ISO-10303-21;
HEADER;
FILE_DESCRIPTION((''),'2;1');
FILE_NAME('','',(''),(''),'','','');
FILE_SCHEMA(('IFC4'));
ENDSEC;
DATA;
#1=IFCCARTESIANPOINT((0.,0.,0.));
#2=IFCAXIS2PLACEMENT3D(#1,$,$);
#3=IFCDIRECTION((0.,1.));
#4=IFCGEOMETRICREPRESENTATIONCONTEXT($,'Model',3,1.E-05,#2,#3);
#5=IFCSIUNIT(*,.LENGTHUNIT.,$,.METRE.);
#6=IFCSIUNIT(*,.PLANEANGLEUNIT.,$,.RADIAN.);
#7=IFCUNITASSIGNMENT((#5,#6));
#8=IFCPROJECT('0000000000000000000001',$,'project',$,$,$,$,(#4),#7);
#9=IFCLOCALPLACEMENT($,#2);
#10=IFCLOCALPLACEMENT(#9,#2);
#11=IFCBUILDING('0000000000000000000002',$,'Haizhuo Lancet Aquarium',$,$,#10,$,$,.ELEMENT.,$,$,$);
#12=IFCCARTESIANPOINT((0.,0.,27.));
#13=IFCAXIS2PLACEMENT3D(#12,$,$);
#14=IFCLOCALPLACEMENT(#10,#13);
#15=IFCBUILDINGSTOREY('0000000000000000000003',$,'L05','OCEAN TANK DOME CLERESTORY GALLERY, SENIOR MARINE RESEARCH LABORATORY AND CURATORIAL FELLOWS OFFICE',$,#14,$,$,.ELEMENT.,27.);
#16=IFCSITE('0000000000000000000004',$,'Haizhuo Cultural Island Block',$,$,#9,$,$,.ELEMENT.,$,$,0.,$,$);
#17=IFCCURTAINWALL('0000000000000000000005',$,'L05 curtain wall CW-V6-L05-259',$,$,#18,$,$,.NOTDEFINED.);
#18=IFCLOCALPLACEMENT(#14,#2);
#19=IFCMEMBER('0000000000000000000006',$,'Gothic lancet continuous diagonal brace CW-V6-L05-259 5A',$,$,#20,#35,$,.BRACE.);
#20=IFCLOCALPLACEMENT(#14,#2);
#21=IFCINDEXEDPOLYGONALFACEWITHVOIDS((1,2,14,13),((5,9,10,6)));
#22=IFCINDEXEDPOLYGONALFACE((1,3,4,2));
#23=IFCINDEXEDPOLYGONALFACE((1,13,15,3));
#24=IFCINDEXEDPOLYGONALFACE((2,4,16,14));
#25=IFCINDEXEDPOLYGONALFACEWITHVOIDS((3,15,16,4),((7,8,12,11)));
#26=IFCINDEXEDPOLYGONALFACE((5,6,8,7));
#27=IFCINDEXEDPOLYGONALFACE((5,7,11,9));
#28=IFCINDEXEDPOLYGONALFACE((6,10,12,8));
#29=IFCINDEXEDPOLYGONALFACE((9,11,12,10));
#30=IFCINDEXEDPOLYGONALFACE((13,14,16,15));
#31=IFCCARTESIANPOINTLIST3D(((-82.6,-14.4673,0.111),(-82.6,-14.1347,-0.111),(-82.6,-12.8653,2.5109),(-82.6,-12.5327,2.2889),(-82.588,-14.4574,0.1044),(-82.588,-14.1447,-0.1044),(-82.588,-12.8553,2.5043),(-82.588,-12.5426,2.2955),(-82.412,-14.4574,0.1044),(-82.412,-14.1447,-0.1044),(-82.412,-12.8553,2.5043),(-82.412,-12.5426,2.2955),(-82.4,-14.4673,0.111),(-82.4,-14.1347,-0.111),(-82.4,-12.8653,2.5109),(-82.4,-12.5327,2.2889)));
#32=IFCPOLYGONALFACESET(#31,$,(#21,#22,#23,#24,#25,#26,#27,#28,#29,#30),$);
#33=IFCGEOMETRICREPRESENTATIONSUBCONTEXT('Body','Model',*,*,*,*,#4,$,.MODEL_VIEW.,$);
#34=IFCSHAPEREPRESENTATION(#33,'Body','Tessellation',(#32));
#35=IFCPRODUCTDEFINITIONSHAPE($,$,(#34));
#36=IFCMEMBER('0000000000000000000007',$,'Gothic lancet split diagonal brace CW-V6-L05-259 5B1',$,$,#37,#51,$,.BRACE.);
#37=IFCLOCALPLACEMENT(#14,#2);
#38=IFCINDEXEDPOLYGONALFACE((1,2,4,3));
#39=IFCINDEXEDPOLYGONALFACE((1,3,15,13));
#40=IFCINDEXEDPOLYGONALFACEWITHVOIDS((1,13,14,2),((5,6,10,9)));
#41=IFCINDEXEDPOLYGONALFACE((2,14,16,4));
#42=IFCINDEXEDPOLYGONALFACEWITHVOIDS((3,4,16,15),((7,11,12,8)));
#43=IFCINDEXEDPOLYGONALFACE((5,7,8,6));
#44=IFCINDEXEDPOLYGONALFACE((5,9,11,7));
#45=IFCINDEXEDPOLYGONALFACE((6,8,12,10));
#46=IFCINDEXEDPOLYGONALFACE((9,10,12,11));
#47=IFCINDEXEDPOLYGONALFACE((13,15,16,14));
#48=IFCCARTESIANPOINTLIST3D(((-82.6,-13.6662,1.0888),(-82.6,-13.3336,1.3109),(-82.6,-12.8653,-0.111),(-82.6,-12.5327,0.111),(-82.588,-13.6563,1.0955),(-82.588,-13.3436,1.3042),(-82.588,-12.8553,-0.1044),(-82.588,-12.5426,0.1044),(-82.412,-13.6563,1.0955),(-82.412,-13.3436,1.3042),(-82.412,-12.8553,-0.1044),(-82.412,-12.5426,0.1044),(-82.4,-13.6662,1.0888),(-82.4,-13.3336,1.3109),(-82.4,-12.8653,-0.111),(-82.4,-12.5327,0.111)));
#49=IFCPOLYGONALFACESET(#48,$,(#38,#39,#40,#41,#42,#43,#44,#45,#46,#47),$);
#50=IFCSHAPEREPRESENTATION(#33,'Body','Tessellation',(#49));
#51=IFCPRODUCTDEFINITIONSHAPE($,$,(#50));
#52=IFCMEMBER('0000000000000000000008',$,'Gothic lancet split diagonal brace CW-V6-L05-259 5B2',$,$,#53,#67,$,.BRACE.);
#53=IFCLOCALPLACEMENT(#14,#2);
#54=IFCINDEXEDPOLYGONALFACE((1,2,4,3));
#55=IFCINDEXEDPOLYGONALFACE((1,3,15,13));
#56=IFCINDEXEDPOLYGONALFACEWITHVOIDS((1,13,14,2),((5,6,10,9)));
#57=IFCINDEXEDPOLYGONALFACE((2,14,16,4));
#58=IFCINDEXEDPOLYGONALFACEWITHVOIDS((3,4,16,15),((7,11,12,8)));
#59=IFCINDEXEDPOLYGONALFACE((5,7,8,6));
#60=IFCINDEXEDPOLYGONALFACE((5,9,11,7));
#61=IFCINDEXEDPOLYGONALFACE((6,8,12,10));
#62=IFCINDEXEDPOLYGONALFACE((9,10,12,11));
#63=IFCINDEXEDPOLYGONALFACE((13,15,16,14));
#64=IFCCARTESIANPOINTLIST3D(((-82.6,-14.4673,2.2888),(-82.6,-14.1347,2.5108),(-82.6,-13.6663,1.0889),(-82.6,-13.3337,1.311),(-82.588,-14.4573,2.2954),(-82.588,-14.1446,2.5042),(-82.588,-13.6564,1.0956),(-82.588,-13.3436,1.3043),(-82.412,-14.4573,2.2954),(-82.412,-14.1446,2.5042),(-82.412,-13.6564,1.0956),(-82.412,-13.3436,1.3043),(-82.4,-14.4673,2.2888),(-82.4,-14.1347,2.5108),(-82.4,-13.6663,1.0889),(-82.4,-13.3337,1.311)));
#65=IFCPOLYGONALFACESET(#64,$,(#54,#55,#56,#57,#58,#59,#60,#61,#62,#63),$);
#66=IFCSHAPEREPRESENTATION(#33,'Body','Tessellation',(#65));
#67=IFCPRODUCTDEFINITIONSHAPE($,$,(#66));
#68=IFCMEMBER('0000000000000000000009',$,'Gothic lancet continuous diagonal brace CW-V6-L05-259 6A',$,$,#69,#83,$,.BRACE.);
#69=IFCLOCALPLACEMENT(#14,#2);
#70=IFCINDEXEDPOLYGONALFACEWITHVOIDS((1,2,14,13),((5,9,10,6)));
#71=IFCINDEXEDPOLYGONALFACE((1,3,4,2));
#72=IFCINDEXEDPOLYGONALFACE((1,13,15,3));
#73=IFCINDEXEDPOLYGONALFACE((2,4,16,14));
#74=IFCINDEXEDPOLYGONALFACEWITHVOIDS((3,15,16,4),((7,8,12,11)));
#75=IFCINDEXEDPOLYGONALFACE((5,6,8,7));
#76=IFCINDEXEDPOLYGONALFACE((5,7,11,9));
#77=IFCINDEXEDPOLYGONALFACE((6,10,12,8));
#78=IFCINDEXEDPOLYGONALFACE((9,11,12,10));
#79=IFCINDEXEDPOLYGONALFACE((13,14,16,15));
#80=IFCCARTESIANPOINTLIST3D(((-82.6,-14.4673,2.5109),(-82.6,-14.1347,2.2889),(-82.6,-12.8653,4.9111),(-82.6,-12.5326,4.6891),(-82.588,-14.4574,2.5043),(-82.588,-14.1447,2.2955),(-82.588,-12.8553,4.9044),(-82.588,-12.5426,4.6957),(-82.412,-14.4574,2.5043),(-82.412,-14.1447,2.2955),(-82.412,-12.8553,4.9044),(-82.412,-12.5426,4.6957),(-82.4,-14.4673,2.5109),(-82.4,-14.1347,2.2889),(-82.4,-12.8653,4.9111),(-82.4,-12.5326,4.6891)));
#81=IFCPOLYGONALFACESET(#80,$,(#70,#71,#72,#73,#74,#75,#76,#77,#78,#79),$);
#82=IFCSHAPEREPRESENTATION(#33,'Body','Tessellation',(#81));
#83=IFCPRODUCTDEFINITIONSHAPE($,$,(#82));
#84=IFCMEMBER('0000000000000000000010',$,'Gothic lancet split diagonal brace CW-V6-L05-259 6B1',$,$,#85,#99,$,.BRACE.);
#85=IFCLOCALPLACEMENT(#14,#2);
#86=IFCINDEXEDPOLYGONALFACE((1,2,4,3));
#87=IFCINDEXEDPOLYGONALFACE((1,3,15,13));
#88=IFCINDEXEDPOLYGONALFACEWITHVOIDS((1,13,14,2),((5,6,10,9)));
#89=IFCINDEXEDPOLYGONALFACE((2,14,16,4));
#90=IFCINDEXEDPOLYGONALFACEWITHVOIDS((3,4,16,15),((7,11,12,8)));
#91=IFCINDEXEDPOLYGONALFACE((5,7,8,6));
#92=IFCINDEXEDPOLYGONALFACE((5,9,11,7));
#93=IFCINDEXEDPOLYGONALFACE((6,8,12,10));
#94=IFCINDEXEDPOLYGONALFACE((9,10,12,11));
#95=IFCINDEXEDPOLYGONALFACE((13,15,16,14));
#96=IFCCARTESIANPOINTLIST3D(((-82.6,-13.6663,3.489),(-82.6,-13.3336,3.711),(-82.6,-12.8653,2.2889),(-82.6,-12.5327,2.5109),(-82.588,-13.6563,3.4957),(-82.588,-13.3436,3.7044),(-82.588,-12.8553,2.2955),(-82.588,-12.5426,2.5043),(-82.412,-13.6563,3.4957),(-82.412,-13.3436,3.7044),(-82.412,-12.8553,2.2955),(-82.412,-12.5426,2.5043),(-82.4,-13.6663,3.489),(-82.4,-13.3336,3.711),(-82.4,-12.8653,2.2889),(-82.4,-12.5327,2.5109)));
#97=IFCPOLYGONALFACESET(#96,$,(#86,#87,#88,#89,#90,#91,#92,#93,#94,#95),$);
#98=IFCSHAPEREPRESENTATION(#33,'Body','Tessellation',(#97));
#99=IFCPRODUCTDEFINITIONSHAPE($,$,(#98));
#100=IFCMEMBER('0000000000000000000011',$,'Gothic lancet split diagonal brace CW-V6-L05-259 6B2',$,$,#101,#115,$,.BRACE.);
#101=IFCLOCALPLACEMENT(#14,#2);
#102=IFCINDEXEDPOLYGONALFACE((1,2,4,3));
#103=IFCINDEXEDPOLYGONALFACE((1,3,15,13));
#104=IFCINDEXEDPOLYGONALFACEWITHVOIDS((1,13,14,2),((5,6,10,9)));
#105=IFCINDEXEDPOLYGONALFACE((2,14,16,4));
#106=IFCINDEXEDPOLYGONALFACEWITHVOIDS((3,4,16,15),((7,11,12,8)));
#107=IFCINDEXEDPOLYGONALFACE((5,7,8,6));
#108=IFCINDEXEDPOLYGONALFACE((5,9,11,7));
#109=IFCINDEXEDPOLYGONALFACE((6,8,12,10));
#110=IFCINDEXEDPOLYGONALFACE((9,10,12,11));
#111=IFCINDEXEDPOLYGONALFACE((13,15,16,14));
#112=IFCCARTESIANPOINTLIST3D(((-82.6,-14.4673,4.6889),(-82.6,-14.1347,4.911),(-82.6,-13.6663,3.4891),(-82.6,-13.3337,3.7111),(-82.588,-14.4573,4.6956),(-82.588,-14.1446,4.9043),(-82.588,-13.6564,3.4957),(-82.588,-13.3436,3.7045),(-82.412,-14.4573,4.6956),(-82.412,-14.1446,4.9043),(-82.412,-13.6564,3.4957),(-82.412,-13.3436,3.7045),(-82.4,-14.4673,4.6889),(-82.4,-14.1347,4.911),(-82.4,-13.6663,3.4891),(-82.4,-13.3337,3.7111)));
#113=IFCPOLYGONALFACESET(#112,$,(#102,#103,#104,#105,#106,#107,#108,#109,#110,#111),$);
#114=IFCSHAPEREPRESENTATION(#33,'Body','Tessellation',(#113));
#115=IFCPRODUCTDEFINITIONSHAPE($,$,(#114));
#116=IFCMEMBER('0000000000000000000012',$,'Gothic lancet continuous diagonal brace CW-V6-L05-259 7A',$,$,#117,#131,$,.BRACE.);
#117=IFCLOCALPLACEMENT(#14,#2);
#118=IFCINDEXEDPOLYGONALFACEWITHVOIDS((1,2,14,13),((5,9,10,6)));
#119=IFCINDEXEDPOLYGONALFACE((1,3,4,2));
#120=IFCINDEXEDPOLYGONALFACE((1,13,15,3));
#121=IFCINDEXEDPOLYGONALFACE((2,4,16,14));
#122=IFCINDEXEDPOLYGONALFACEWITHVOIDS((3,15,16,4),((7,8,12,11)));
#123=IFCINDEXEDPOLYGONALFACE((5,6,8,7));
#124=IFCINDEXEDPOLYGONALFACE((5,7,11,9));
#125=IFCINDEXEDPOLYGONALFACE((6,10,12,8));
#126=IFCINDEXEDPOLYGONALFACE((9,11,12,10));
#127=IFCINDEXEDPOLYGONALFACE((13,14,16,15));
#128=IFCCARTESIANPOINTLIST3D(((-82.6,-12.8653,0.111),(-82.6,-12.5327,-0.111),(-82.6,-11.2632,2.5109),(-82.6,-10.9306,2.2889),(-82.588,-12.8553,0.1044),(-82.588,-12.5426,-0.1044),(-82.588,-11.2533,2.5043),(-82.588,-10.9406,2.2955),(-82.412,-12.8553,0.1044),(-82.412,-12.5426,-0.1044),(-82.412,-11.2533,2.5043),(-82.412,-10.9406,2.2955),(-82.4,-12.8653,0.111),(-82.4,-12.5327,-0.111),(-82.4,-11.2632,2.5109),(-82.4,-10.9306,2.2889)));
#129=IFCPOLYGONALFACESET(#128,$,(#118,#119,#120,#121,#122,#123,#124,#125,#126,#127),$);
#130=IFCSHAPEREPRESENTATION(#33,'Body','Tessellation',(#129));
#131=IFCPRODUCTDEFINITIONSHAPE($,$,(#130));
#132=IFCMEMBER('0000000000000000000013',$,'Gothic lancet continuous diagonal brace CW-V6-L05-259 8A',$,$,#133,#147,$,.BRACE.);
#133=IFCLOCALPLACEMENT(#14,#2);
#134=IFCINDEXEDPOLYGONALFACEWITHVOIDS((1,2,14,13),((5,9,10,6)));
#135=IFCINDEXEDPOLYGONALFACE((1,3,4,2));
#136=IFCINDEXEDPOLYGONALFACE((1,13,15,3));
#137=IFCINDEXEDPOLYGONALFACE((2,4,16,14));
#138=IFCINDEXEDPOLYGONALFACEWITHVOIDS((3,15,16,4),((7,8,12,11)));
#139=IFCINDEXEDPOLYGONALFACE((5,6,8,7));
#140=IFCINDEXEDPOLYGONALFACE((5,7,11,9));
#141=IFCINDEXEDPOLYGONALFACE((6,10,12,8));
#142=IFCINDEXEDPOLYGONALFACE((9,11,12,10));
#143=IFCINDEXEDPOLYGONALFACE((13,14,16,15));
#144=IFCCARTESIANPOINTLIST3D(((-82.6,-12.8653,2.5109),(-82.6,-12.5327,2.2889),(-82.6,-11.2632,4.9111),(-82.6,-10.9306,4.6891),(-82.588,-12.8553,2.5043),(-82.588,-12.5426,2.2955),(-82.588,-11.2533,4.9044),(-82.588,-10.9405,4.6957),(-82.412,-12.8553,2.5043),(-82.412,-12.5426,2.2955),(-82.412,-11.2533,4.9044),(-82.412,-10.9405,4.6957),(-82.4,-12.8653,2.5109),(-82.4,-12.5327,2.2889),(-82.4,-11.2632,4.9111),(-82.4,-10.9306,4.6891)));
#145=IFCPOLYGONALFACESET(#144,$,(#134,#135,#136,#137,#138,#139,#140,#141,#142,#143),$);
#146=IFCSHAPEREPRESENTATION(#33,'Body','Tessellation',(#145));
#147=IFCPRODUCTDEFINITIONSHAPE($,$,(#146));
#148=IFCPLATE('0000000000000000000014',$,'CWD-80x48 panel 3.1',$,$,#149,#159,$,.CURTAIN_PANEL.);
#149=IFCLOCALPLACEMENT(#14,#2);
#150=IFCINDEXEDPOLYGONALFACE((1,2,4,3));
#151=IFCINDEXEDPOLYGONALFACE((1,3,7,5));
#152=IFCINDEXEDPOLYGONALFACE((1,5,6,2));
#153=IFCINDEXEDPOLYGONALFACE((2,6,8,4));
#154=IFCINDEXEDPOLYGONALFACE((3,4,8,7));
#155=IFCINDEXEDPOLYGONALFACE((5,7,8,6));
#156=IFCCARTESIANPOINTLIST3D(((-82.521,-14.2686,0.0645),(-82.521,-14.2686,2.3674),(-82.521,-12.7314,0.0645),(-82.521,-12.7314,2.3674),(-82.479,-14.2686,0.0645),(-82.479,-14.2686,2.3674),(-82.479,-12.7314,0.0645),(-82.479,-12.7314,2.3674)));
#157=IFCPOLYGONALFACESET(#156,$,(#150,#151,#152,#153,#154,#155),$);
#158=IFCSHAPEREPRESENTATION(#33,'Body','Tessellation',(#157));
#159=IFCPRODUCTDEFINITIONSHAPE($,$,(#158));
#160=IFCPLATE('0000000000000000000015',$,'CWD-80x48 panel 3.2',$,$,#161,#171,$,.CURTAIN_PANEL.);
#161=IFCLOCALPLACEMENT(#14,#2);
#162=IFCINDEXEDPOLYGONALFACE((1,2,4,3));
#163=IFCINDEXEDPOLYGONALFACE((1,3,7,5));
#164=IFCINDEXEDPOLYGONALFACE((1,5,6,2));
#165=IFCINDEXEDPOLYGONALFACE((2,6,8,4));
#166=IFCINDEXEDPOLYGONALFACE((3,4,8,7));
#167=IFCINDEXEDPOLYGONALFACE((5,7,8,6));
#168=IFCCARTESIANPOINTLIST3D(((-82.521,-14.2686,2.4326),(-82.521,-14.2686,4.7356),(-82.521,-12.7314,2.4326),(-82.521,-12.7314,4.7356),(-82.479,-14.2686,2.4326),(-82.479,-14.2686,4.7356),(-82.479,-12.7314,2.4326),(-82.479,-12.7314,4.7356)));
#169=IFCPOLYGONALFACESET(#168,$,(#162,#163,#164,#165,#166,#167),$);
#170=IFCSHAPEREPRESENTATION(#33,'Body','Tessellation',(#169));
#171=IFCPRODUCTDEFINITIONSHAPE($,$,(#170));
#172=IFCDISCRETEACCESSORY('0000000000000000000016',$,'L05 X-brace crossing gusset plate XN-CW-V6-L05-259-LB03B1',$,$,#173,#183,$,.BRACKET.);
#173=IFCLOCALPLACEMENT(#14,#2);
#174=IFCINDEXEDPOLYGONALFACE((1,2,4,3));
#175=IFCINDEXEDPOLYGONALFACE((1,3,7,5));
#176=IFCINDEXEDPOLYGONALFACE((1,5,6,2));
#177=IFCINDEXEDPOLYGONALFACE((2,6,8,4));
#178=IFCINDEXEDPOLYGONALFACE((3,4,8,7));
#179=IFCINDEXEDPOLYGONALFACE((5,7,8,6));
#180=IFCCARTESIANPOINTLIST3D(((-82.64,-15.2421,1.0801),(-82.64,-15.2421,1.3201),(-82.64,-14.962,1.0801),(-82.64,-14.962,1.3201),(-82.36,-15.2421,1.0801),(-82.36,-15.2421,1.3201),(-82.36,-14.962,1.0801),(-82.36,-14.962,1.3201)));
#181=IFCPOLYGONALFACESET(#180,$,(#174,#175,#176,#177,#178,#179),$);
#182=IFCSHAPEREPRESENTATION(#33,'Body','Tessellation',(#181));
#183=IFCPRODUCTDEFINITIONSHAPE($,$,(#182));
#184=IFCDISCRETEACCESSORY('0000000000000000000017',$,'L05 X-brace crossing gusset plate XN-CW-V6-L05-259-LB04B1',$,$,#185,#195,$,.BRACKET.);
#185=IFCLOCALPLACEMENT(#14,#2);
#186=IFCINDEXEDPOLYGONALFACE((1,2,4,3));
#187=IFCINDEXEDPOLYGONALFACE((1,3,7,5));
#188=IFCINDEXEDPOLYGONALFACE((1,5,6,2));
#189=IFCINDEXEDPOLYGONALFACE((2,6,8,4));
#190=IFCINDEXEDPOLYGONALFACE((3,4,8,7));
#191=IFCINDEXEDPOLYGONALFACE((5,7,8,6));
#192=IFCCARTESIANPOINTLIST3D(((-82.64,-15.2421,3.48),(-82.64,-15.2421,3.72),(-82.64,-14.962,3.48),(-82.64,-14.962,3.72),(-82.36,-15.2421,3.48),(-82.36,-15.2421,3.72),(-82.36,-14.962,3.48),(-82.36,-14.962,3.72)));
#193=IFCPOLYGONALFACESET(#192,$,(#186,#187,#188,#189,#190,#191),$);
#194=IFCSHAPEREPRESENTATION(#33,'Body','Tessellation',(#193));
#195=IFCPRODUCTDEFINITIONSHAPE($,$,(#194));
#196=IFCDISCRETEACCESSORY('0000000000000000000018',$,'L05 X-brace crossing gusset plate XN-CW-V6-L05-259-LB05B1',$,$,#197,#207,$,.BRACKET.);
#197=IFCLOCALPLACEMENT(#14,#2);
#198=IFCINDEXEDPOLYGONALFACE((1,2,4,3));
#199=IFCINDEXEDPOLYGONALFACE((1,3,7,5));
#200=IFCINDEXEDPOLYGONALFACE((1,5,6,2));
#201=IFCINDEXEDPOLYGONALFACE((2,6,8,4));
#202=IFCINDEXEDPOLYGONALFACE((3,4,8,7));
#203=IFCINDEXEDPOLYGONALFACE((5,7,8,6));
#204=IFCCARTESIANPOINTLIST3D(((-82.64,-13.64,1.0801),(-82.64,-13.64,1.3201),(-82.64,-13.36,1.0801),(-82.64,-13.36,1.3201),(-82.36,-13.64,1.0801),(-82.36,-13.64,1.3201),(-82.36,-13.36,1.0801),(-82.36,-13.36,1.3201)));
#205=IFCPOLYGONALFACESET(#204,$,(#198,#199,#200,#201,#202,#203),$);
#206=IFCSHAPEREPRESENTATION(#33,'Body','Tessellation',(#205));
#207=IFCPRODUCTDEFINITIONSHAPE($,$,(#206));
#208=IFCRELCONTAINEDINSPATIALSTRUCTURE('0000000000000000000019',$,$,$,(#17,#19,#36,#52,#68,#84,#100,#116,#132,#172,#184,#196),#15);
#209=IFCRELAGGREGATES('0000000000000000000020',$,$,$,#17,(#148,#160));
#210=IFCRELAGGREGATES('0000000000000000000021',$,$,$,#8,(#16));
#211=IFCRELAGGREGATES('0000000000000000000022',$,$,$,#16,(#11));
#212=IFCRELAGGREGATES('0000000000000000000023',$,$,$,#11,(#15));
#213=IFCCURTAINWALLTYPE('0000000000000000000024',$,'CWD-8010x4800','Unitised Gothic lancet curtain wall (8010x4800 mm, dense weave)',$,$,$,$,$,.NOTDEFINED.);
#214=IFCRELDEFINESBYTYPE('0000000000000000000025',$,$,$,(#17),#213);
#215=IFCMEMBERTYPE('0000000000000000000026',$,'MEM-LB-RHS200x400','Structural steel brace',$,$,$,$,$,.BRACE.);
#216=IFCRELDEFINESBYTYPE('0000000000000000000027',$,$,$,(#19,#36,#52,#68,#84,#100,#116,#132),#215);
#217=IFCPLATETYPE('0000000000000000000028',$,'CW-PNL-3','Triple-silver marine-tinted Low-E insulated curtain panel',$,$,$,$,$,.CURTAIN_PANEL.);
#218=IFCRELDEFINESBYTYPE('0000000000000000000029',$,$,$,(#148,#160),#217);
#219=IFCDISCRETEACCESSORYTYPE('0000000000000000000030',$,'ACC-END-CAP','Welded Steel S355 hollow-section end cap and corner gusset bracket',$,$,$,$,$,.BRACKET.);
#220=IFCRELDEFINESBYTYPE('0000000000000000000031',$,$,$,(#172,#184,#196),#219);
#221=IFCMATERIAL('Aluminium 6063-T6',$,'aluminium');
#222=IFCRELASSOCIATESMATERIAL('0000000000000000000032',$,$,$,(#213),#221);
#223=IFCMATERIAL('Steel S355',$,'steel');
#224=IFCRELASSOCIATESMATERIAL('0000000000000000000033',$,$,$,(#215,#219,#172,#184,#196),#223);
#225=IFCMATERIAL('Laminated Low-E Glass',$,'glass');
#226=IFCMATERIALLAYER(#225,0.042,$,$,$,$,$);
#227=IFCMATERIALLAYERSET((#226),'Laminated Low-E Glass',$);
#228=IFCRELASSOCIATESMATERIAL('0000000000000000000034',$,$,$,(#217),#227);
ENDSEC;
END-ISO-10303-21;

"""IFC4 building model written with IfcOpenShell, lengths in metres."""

from ifc_helpers import new_model, si_unit, direction, frame, origin, origin_2d, place, context, subcontext, project, spatial, rectangle, hollow_rectangle, extrude, material, layer, layer_set, material_profile, profile_set, type_object, element, aggregate, save


model = new_model("IFC4")

# Units and contexts
model_context = context("Model", 3, precision=1e-05, world=origin(), true_north=direction((0.0, 1.0)))
body_context = subcontext(model_context, "Body", "Model", "MODEL_VIEW")
ifc_project = project(units=[si_unit("LENGTHUNIT", "METRE"), si_unit("PLANEANGLEUNIT", "RADIAN")], contexts=[model_context])

# Site, building, storey
site_placement = place(None, origin())
site = spatial("IfcSite", under=ifc_project, at=site_placement, Name="Haizhuo Cultural Island Block", CompositionType="ELEMENT", RefElevation=0.0)
building_placement = place(site_placement, origin())
building = spatial("IfcBuilding", under=site, at=building_placement, Name="Haizhuo Lancet Aquarium", CompositionType="ELEMENT")
storey_placement = place(building_placement, frame((0.0, 0.0, 27.0)))
storey = spatial("IfcBuildingStorey", under=building, at=storey_placement, Name="L05", Description="OCEAN TANK DOME CLERESTORY GALLERY, SENIOR MARINE RESEARCH LABORATORY AND CURATORIAL FELLOWS OFFICE", CompositionType="ELEMENT", Elevation=27.0)

# Curtain wall
ifc_material_1 = material(Name="Aluminium 6063-T6", Category="aluminium")
curtain_wall_type = type_object("IfcCurtainWallType", Name="CWD-8010x4800", Description="Unitised Gothic lancet curtain wall (8010x4800 mm, dense weave)", PredefinedType="NOTDEFINED", material=ifc_material_1)
curtain_wall_placement = place(storey_placement, origin())
curtain_wall = element("IfcCurtainWall", 1, at=curtain_wall_placement, inside=storey, type_object=curtain_wall_type, Name="L05 curtain wall CW-V6-L05-259", PredefinedType="NOTDEFINED")

# Members
ifc_material_2 = material(Name="Steel S355", Category="steel")
ifc_material_profile_1 = material_profile(ifc_material_2, hollow_rectangle(XDim=0.2, YDim=0.3999, WallThickness=0.012, at=origin_2d()), Name="RHS 200x400x12")
ifc_profile_set_1 = profile_set([ifc_material_profile_1], Name="Steel S355")
member_type_1 = type_object("IfcMemberType", Name="MEM-LB-RHS200x400", Description="Structural steel brace", PredefinedType="BRACE", material=ifc_profile_set_1)
member_1_placement = place(storey_placement, frame((-82.5, -14.301, 0.0), z_axis=(0.0, 0.555208, 0.831712), x_axis=(-1.0, 0.0, 0.0)))
element("IfcMember", 2, at=member_1_placement, inside=storey, type_object=member_type_1, Name="Gothic lancet continuous diagonal brace CW-V6-L05-259 5A", PredefinedType="BRACE", context=body_context, shape_type="SweptSolid", body=[
    extrude(hollow_rectangle(XDim=0.2, YDim=0.3999, WallThickness=0.012, at=origin_2d()), origin(), (0.0, 0.0, 1.0), 2.8855),
])
for number, where, z_axis, x_axis, name in (
    (3, (-82.5, -12.699, 0.0), (0.0, -0.555208, 0.831712), (1.0, 0.0, 0.0), "Gothic lancet split diagonal brace CW-V6-L05-259 5B1"),
    (4, (-82.5, -13.5, 1.2), (0.0, -0.555208, 0.831712), (1.0, 0.0, 0.0), "Gothic lancet split diagonal brace CW-V6-L05-259 5B2"),
):
    element("IfcMember", number, at=place(storey_placement, frame(where, z_axis=z_axis, x_axis=x_axis)), inside=storey, type_object=member_type_1, Name=name, PredefinedType="BRACE", context=body_context, shape_type="SweptSolid", body=[
        extrude(hollow_rectangle(XDim=0.2, YDim=0.3999, WallThickness=0.012, at=origin_2d()), origin(), (0.0, 0.0, 1.0), 1.4426),
    ])
member_2_placement = place(storey_placement, frame((-82.5, -14.301, 2.3999), z_axis=(0.0, 0.555169, 0.831738), x_axis=(-1.0, 0.0, 0.0)))
element("IfcMember", 5, at=member_2_placement, inside=storey, type_object=member_type_1, Name="Gothic lancet continuous diagonal brace CW-V6-L05-259 6A", PredefinedType="BRACE", context=body_context, shape_type="SweptSolid", body=[
    extrude(hollow_rectangle(XDim=0.2, YDim=0.3999, WallThickness=0.012, at=origin_2d()), origin(), (0.0, 0.0, 1.0), 2.8857),
])
member_3_placement = place(storey_placement, frame((-82.5, -12.699, 2.3999), z_axis=(0.0, -0.55513, 0.831764), x_axis=(1.0, 0.0, 0.0)))
element("IfcMember", 6, at=member_3_placement, inside=storey, type_object=member_type_1, Name="Gothic lancet split diagonal brace CW-V6-L05-259 6B1", PredefinedType="BRACE", context=body_context, shape_type="SweptSolid", body=[
    extrude(hollow_rectangle(XDim=0.2, YDim=0.3999, WallThickness=0.012, at=origin_2d()), origin(), (0.0, 0.0, 1.0), 1.4429),
])
member_4_placement = place(storey_placement, frame((-82.5, -13.5, 3.6001), z_axis=(0.0, -0.555208, 0.831712), x_axis=(1.0, 0.0, 0.0)))
element("IfcMember", 7, at=member_4_placement, inside=storey, type_object=member_type_1, Name="Gothic lancet split diagonal brace CW-V6-L05-259 6B2", PredefinedType="BRACE", context=body_context, shape_type="SweptSolid", body=[
    extrude(hollow_rectangle(XDim=0.2, YDim=0.3999, WallThickness=0.012, at=origin_2d()), origin(), (0.0, 0.0, 1.0), 1.4426),
])
member_5_placement = place(storey_placement, frame((-82.5, -12.699, 0.0), z_axis=(0.0, 0.555208, 0.831712), x_axis=(-1.0, 0.0, 0.0)))
element("IfcMember", 8, at=member_5_placement, inside=storey, type_object=member_type_1, Name="Gothic lancet continuous diagonal brace CW-V6-L05-259 7A", PredefinedType="BRACE", context=body_context, shape_type="SweptSolid", body=[
    extrude(hollow_rectangle(XDim=0.2, YDim=0.3999, WallThickness=0.012, at=origin_2d()), origin(), (0.0, 0.0, 1.0), 2.8855),
])
member_6_placement = place(storey_placement, frame((-82.5, -12.699, 2.3999), z_axis=(0.0, 0.555169, 0.831738), x_axis=(-1.0, 0.0, 0.0)))
element("IfcMember", 9, at=member_6_placement, inside=storey, type_object=member_type_1, Name="Gothic lancet continuous diagonal brace CW-V6-L05-259 8A", PredefinedType="BRACE", context=body_context, shape_type="SweptSolid", body=[
    extrude(hollow_rectangle(XDim=0.2, YDim=0.3999, WallThickness=0.012, at=origin_2d()), origin(), (0.0, 0.0, 1.0), 2.8857),
])

# Plates
ifc_material_3 = material(Name="Laminated Low-E Glass", Category="glass")
ifc_layer = layer(ifc_material_3, 0.042)
ifc_layer_set = layer_set([ifc_layer], Name="Laminated Low-E Glass")
plate_type = type_object("IfcPlateType", Name="CW-PNL-3", Description="Triple-silver marine-tinted Low-E insulated curtain panel", PredefinedType="CURTAIN_PANEL", material=ifc_layer_set)
plate_1_placement = place(storey_placement, frame((-82.5, -13.5, 0.0645), z_axis=(0.0, 0.0, 1.0), x_axis=(0.0, 1.0, 0.0)))
plate_1 = element("IfcPlate", 10, at=plate_1_placement, type_object=plate_type, Name="CWD-80x48 panel 3.1", PredefinedType="CURTAIN_PANEL", context=body_context, shape_type="SweptSolid", body=[
    extrude(rectangle(XDim=1.5371, YDim=0.042, at=origin_2d()), origin(), (0.0, 0.0, 1.0), 2.303),
])
plate_2_placement = place(storey_placement, frame((-82.5, -13.5, 2.4326), z_axis=(0.0, 0.0, 1.0), x_axis=(0.0, 1.0, 0.0)))
plate_2 = element("IfcPlate", 11, at=plate_2_placement, type_object=plate_type, Name="CWD-80x48 panel 3.2", PredefinedType="CURTAIN_PANEL", context=body_context, shape_type="SweptSolid", body=[
    extrude(rectangle(XDim=1.5371, YDim=0.042, at=origin_2d()), origin(), (0.0, 0.0, 1.0), 2.303),
])
aggregate(curtain_wall, [plate_1, plate_2])

# Discrete accessories
discrete_accessory_type = type_object("IfcDiscreteAccessoryType", Name="ACC-END-CAP", Description="Welded Steel S355 hollow-section end cap and corner gusset bracket", PredefinedType="BRACKET", material=ifc_material_2)
for number, where, z_axis, x_axis, name in (
    (12, (-82.5, -15.1021, 1.0801), (0.0, 0.0, 1.0), (1.0, 0.0, 0.0), "L05 X-brace crossing gusset plate XN-CW-V6-L05-259-LB03B1"),
    (13, (-82.5, -15.1021, 3.48), (0.0, 0.0, 1.0), (1.0, 0.0, 0.0), "L05 X-brace crossing gusset plate XN-CW-V6-L05-259-LB04B1"),
    (14, (-82.5, -13.5, 1.0801), (0.0, 0.0, 1.0), (1.0, 0.0, 0.0), "L05 X-brace crossing gusset plate XN-CW-V6-L05-259-LB05B1"),
):
    element("IfcDiscreteAccessory", number, at=place(storey_placement, frame(where, z_axis=z_axis, x_axis=x_axis)), inside=storey, type_object=discrete_accessory_type, material=ifc_material_2, Name=name, PredefinedType="BRACKET", context=body_context, shape_type="SweptSolid", body=[
        extrude(rectangle(XDim=0.28, YDim=0.28, at=origin_2d()), origin(), (0.0, 0.0, 1.0), 0.24),
    ])

save(model, "model.ifc")
